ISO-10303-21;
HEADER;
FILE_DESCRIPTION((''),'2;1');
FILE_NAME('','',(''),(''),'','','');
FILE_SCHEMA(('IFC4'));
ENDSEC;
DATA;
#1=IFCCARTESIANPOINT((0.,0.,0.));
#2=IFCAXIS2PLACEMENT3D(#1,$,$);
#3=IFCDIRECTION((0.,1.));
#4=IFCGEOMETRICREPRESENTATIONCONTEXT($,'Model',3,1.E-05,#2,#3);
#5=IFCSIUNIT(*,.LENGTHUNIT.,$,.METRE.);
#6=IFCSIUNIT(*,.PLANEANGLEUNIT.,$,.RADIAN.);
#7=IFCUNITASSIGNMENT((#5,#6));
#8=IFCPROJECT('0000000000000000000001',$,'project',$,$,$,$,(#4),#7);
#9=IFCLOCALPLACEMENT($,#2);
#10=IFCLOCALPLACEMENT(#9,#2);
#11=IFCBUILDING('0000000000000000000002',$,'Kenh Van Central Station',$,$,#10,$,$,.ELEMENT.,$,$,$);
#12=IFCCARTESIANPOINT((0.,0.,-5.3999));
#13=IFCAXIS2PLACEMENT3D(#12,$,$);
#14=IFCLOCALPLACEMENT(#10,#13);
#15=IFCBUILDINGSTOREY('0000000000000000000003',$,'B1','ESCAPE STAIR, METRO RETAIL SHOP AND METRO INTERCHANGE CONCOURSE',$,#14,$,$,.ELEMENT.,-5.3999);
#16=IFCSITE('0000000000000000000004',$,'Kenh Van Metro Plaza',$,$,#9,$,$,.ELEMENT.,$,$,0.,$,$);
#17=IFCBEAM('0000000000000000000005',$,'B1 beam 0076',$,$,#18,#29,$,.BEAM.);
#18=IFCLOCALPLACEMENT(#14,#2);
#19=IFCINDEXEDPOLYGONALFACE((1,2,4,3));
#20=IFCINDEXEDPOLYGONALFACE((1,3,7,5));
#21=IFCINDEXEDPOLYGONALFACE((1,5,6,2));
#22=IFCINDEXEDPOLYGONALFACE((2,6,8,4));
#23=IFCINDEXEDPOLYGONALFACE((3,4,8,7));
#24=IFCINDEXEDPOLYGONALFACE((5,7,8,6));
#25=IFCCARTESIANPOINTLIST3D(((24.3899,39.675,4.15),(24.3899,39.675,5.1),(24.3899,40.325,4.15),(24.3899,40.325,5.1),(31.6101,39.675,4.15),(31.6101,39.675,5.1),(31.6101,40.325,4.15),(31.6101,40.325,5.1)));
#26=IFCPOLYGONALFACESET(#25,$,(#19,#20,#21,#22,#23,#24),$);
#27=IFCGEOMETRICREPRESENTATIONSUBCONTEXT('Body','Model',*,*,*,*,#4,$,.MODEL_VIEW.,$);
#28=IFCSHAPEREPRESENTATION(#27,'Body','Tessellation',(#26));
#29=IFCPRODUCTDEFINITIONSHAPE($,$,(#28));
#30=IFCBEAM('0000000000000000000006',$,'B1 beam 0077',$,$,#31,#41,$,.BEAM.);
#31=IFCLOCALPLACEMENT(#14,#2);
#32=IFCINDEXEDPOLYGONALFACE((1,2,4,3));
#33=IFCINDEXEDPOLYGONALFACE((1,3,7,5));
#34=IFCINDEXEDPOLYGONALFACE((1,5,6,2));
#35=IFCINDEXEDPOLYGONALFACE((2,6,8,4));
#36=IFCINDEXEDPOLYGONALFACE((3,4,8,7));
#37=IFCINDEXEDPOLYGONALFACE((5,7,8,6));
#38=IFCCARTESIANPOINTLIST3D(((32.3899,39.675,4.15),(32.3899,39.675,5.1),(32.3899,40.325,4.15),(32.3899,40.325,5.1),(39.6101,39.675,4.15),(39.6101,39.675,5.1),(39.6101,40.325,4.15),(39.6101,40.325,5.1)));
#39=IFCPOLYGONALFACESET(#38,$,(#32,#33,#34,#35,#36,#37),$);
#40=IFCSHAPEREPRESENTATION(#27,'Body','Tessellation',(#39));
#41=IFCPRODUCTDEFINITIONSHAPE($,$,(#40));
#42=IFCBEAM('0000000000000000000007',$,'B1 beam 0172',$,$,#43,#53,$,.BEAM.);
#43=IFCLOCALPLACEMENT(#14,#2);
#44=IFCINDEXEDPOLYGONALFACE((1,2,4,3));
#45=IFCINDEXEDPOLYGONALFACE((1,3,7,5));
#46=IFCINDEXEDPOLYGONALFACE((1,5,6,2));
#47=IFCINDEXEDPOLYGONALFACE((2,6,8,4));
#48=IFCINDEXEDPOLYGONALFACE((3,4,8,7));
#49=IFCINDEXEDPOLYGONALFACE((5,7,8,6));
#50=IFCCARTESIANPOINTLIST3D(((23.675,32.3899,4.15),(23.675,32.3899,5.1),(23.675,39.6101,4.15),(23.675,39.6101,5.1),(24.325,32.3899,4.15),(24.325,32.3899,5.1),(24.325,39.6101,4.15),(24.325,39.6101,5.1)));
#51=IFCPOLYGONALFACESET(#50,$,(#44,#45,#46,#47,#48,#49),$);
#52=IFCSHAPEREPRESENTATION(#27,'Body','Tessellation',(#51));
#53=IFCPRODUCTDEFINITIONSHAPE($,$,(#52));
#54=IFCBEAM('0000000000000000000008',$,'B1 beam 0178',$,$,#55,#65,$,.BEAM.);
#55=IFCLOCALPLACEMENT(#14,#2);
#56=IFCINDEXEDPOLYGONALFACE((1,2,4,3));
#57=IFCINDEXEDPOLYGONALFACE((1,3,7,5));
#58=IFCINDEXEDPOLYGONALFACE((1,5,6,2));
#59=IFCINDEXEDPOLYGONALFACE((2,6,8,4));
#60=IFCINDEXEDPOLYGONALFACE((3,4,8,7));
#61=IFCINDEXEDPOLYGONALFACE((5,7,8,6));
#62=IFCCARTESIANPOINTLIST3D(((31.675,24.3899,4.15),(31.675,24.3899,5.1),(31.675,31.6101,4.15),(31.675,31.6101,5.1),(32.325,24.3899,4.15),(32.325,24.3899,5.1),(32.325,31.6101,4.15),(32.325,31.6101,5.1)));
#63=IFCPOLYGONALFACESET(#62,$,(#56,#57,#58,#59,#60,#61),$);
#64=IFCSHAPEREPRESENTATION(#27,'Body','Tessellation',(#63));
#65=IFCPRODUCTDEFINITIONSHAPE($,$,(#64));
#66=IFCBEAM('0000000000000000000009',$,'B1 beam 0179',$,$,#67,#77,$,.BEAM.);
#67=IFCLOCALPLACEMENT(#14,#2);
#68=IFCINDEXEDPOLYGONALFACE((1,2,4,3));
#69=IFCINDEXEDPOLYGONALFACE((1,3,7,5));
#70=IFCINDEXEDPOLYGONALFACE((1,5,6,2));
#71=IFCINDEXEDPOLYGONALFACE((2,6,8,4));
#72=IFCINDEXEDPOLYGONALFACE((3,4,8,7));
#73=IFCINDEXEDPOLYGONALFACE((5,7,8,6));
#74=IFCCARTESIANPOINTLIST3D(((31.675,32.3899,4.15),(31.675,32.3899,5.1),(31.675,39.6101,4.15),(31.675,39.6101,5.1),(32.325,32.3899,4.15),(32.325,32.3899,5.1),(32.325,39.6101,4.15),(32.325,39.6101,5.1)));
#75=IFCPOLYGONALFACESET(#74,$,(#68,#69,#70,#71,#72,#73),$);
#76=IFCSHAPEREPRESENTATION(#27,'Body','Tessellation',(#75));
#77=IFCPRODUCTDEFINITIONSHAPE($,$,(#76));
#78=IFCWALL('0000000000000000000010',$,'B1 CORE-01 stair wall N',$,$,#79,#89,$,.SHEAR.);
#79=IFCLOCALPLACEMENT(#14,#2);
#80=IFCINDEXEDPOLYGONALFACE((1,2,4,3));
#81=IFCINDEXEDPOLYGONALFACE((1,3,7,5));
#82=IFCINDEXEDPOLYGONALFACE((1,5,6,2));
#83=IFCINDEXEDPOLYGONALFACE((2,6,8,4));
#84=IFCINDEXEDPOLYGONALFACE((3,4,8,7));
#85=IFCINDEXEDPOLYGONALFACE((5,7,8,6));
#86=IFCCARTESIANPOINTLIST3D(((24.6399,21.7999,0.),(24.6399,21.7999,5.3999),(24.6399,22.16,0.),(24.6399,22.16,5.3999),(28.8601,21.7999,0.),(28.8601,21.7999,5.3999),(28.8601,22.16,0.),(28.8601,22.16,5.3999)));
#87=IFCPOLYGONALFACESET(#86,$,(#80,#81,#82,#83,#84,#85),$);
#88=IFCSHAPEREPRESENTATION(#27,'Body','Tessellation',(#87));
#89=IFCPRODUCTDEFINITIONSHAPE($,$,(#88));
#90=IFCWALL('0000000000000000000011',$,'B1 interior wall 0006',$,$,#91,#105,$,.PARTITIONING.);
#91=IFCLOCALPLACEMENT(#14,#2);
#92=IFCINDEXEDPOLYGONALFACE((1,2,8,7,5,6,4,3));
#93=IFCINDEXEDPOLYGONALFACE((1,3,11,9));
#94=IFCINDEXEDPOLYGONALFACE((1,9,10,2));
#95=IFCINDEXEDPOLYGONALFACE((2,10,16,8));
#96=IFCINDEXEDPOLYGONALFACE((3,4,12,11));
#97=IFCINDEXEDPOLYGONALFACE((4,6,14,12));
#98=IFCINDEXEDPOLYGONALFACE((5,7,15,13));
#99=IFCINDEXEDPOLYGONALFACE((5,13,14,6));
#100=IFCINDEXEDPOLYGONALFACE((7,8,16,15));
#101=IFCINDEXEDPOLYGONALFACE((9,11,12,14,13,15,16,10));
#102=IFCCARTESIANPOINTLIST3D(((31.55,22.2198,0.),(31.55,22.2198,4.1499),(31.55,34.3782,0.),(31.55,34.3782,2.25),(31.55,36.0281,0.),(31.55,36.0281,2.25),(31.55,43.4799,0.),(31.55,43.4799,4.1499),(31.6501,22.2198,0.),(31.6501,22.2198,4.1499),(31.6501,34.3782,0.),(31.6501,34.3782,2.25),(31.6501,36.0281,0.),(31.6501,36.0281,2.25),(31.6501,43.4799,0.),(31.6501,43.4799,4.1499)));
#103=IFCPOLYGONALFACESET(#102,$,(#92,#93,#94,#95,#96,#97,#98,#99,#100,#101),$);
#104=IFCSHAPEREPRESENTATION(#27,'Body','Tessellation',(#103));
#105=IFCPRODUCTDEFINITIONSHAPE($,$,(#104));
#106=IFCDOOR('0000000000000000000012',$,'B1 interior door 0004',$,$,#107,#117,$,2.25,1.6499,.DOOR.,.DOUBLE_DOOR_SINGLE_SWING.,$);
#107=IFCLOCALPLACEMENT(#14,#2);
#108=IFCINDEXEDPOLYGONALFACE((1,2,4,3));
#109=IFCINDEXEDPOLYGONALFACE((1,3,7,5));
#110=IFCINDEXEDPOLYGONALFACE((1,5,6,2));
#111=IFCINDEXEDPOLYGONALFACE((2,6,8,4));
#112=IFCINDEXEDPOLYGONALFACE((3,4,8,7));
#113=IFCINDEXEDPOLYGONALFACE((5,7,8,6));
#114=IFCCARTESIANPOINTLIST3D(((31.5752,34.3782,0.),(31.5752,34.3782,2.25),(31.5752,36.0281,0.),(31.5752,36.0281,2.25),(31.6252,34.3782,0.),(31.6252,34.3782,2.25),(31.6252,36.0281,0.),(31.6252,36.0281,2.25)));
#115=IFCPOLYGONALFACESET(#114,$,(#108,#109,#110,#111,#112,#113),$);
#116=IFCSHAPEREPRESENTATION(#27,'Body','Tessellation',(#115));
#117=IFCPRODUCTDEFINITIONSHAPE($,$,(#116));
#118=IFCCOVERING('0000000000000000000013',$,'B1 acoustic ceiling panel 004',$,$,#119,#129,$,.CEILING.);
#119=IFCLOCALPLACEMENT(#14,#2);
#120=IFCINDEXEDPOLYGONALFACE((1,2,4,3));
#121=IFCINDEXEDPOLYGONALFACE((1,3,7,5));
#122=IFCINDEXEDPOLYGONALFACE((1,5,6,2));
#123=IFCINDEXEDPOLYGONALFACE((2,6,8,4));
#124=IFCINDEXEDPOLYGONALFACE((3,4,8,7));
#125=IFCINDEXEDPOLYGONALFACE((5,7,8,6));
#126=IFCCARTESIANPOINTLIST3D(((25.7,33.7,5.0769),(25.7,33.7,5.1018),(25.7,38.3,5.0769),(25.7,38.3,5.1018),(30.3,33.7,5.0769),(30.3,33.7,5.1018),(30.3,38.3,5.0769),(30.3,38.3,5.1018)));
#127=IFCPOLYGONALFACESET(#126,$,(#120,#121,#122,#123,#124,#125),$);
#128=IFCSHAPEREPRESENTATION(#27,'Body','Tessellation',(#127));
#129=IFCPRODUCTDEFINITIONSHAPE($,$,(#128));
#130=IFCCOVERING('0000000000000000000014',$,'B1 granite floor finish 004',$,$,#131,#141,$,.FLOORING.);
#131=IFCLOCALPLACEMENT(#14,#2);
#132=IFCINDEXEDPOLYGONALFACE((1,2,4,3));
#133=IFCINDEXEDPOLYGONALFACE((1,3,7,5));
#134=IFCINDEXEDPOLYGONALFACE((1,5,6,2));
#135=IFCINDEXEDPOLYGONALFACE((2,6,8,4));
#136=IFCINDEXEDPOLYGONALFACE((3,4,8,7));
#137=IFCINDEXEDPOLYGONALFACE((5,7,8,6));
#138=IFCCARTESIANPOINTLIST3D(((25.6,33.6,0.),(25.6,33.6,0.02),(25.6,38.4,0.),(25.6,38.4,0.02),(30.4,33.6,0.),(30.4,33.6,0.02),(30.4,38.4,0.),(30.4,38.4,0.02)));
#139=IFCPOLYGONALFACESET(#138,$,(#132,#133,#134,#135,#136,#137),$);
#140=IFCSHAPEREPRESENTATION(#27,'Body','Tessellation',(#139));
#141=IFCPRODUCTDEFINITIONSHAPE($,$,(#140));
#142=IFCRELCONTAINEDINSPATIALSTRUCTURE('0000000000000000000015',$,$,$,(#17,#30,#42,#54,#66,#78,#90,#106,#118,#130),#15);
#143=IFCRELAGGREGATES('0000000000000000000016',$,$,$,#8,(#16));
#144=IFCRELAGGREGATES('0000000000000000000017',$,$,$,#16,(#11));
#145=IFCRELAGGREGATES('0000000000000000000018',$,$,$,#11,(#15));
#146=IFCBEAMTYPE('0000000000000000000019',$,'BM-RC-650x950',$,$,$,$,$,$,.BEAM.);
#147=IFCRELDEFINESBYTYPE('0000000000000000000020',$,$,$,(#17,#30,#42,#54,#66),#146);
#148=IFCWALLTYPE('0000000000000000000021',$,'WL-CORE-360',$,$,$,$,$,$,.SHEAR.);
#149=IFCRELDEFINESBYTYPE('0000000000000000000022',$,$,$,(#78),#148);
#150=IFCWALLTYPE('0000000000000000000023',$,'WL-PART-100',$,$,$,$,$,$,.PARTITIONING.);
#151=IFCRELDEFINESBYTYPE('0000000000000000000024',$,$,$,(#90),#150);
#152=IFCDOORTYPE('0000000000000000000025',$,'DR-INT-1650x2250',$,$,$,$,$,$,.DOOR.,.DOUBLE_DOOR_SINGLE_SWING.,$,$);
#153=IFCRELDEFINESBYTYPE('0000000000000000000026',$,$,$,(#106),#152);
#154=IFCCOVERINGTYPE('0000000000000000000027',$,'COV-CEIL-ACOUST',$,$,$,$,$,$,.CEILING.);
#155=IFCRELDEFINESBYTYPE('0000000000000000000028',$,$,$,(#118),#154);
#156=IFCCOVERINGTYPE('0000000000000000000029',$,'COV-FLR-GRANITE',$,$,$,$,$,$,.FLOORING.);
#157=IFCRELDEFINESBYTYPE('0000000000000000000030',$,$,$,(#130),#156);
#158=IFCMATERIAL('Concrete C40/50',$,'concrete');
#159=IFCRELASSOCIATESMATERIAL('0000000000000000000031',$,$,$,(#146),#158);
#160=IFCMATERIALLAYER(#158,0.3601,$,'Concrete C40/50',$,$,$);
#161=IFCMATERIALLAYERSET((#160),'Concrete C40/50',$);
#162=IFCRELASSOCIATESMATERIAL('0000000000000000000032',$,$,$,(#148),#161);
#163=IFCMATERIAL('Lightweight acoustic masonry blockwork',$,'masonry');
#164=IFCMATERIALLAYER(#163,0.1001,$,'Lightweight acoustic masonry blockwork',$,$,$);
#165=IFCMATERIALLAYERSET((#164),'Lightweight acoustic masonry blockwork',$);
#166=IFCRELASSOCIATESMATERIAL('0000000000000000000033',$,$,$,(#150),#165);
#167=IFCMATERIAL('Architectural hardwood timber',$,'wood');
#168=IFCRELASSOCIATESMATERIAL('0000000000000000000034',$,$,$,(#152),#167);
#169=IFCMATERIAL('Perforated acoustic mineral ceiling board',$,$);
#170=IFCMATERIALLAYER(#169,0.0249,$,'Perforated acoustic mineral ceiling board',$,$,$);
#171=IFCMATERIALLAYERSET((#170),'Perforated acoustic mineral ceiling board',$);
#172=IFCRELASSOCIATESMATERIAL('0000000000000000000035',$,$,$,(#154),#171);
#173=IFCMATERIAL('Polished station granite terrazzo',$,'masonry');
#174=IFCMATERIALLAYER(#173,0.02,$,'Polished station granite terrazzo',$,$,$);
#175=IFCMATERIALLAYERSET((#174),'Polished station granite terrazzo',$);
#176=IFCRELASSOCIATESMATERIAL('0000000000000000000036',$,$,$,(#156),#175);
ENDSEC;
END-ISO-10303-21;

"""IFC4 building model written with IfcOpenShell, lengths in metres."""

from ifc_helpers import new_model, si_unit, direction, frame, frame_2d, origin, origin_2d, place, context, subcontext, project, spatial, rectangle, extrude, material, layer, layer_set, material_profile, profile_set, type_object, element, fill, save


model = new_model("IFC4")

# Units and contexts
model_context = context("Model", 3, precision=1e-05, world=origin(), true_north=direction((0.0, 1.0)))
body_context = subcontext(model_context, "Body", "Model", "MODEL_VIEW")
ifc_project = project(units=[si_unit("LENGTHUNIT", "METRE"), si_unit("PLANEANGLEUNIT", "RADIAN")], contexts=[model_context])

# Site, building, storey
site_placement = place(None, origin())
site = spatial("IfcSite", under=ifc_project, at=site_placement, Name="Kenh Van Metro Plaza", CompositionType="ELEMENT", RefElevation=0.0)
building_placement = place(site_placement, origin())
building = spatial("IfcBuilding", under=site, at=building_placement, Name="Kenh Van Central Station", CompositionType="ELEMENT")
storey_placement = place(building_placement, frame((0.0, 0.0, -5.3999)))
storey = spatial("IfcBuildingStorey", under=building, at=storey_placement, Name="B1", Description="ESCAPE STAIR, METRO RETAIL SHOP AND METRO INTERCHANGE CONCOURSE", CompositionType="ELEMENT", Elevation=-5.3999)

# Shared definitions
ifc_material_1 = material(Name="Concrete C40/50", Category="concrete")

# Beams
ifc_material_profile_1 = material_profile(ifc_material_1, rectangle(XDim=0.6499, YDim=0.95, at=origin_2d()), Name="RC 650x950")
ifc_profile_set_1 = profile_set([ifc_material_profile_1], Name="Concrete C40/50")
beam_type = type_object("IfcBeamType", Name="BM-RC-650x950", PredefinedType="BEAM", material=ifc_profile_set_1)
for number, where, z_axis, x_axis, name in (
    (1, (24.3899, 40.0, 4.625), (1.0, 0.0, 0.0), (0.0, 1.0, 0.0), "B1 beam 0076"),
    (2, (32.3899, 40.0, 4.625), (1.0, 0.0, 0.0), (0.0, 1.0, 0.0), "B1 beam 0077"),
    (3, (24.0, 32.3899, 4.625), (0.0, 1.0, 0.0), (-1.0, 0.0, 0.0), "B1 beam 0172"),
    (4, (32.0, 24.3899, 4.625), (0.0, 1.0, 0.0), (-1.0, 0.0, 0.0), "B1 beam 0178"),
    (5, (32.0, 32.3899, 4.625), (0.0, 1.0, 0.0), (-1.0, 0.0, 0.0), "B1 beam 0179"),
):
    element("IfcBeam", number, at=place(storey_placement, frame(where, z_axis=z_axis, x_axis=x_axis)), inside=storey, type_object=beam_type, Name=name, PredefinedType="BEAM", context=body_context, shape_type="SweptSolid", body=[
        extrude(rectangle(XDim=0.6499, YDim=0.95, at=origin_2d()), origin(), (0.0, 0.0, 1.0), 7.2202),
    ])

# Wall
ifc_layer_1 = layer(ifc_material_1, 0.3601, Name="Concrete C40/50")
ifc_layer_set_1 = layer_set([ifc_layer_1], Name="Concrete C40/50")
wall_type_1 = type_object("IfcWallType", Name="WL-CORE-360", PredefinedType="SHEAR", material=ifc_layer_set_1)
wall_1_placement = place(storey_placement, frame((24.6399, 21.98, 0.0), z_axis=(0.0, 0.0, 1.0), x_axis=(1.0, 0.0, 0.0)))
element("IfcWall", 6, at=wall_1_placement, inside=storey, type_object=wall_type_1, Name="B1 CORE-01 stair wall N", PredefinedType="SHEAR", context=body_context, shape_type="SweptSolid", body=[
    extrude(rectangle(XDim=4.2202, YDim=0.3601, at=frame_2d((2.1101, 0.0))), origin(), (0.0, 0.0, 1.0), 5.3999),
])

# Wall, opening, door
ifc_material_2 = material(Name="Lightweight acoustic masonry blockwork", Category="masonry")
ifc_layer_2 = layer(ifc_material_2, 0.1001, Name="Lightweight acoustic masonry blockwork")
ifc_layer_set_2 = layer_set([ifc_layer_2], Name="Lightweight acoustic masonry blockwork")
wall_type_2 = type_object("IfcWallType", Name="WL-PART-100", PredefinedType="PARTITIONING", material=ifc_layer_set_2)
wall_2_placement = place(storey_placement, frame((31.6001, 22.22, 0.0), z_axis=(0.0, 0.0, 1.0), x_axis=(0.0, 1.0, 0.0)))
wall_2 = element("IfcWall", 7, at=wall_2_placement, inside=storey, type_object=wall_type_2, Name="B1 interior wall 0006", PredefinedType="PARTITIONING", context=body_context, shape_type="SweptSolid", body=[
    extrude(rectangle(XDim=21.26, YDim=0.1001, at=frame_2d((10.6299, 0.0))), origin(), (0.0, 0.0, 1.0), 4.1499),
])
opening_placement = place(wall_2_placement, frame((12.1582, 0.0, 0.0)))
opening = element("IfcOpeningElement", 8, at=opening_placement, cuts=wall_2, PredefinedType="OPENING", context=body_context, shape_type="SweptSolid", body=[
    extrude(rectangle(XDim=1.6499, YDim=2.25, at=frame_2d((0.825, 1.125))), frame((0.0, 0.0601, 0.0), z_axis=(0.0, -1.0, 0.0), x_axis=(1.0, 0.0, 0.0)), (0.0, 0.0, 1.0), 0.1201),
])
ifc_material_3 = material(Name="Architectural hardwood timber", Category="wood")
door_type = type_object("IfcDoorType", Name="DR-INT-1650x2250", OperationType="DOUBLE_DOOR_SINGLE_SWING", PredefinedType="DOOR", material=ifc_material_3)
door_placement = place(opening_placement, origin())
door = element("IfcDoor", 9, at=door_placement, inside=storey, type_object=door_type, Name="B1 interior door 0004", OperationType="DOUBLE_DOOR_SINGLE_SWING", OverallHeight=2.25, OverallWidth=1.6499, PredefinedType="DOOR", context=body_context, shape_type="SweptSolid", body=[
    extrude(rectangle(XDim=1.6499, YDim=2.25, at=frame_2d((0.825, 1.125))), frame((0.0, 0.0249, 0.0), z_axis=(0.0, -1.0, 0.0), x_axis=(1.0, 0.0, 0.0)), (0.0, 0.0, 1.0), 0.05),
])
fill(opening, door)

# Coverings
ifc_material_4 = material(Name="Perforated acoustic mineral ceiling board")
ifc_layer_3 = layer(ifc_material_4, 0.0249, Name="Perforated acoustic mineral ceiling board")
ifc_layer_set_3 = layer_set([ifc_layer_3], Name="Perforated acoustic mineral ceiling board")
covering_type_1 = type_object("IfcCoveringType", Name="COV-CEIL-ACOUST", PredefinedType="CEILING", material=ifc_layer_set_3)
covering_1_placement = place(storey_placement, frame((28.0, 36.0, 5.0769), z_axis=(0.0, 0.0, 1.0), x_axis=(1.0, 0.0, 0.0)))
element("IfcCovering", 10, at=covering_1_placement, inside=storey, type_object=covering_type_1, Name="B1 acoustic ceiling panel 004", PredefinedType="CEILING", context=body_context, shape_type="SweptSolid", body=[
    extrude(rectangle(XDim=4.6001, YDim=4.6001, at=origin_2d()), origin(), (0.0, 0.0, 1.0), 0.0249),
])
ifc_material_5 = material(Name="Polished station granite terrazzo", Category="masonry")
ifc_layer_4 = layer(ifc_material_5, 0.02, Name="Polished station granite terrazzo")
ifc_layer_set_4 = layer_set([ifc_layer_4], Name="Polished station granite terrazzo")
covering_type_2 = type_object("IfcCoveringType", Name="COV-FLR-GRANITE", PredefinedType="FLOORING", material=ifc_layer_set_4)
covering_2_placement = place(storey_placement, frame((28.0, 36.0, 0.0), z_axis=(0.0, 0.0, 1.0), x_axis=(1.0, 0.0, 0.0)))
element("IfcCovering", 11, at=covering_2_placement, inside=storey, type_object=covering_type_2, Name="B1 granite floor finish 004", PredefinedType="FLOORING", context=body_context, shape_type="SweptSolid", body=[
    extrude(rectangle(XDim=4.8, YDim=4.8, at=origin_2d()), origin(), (0.0, 0.0, 1.0), 0.02),
])

save(model, "model.ifc")
